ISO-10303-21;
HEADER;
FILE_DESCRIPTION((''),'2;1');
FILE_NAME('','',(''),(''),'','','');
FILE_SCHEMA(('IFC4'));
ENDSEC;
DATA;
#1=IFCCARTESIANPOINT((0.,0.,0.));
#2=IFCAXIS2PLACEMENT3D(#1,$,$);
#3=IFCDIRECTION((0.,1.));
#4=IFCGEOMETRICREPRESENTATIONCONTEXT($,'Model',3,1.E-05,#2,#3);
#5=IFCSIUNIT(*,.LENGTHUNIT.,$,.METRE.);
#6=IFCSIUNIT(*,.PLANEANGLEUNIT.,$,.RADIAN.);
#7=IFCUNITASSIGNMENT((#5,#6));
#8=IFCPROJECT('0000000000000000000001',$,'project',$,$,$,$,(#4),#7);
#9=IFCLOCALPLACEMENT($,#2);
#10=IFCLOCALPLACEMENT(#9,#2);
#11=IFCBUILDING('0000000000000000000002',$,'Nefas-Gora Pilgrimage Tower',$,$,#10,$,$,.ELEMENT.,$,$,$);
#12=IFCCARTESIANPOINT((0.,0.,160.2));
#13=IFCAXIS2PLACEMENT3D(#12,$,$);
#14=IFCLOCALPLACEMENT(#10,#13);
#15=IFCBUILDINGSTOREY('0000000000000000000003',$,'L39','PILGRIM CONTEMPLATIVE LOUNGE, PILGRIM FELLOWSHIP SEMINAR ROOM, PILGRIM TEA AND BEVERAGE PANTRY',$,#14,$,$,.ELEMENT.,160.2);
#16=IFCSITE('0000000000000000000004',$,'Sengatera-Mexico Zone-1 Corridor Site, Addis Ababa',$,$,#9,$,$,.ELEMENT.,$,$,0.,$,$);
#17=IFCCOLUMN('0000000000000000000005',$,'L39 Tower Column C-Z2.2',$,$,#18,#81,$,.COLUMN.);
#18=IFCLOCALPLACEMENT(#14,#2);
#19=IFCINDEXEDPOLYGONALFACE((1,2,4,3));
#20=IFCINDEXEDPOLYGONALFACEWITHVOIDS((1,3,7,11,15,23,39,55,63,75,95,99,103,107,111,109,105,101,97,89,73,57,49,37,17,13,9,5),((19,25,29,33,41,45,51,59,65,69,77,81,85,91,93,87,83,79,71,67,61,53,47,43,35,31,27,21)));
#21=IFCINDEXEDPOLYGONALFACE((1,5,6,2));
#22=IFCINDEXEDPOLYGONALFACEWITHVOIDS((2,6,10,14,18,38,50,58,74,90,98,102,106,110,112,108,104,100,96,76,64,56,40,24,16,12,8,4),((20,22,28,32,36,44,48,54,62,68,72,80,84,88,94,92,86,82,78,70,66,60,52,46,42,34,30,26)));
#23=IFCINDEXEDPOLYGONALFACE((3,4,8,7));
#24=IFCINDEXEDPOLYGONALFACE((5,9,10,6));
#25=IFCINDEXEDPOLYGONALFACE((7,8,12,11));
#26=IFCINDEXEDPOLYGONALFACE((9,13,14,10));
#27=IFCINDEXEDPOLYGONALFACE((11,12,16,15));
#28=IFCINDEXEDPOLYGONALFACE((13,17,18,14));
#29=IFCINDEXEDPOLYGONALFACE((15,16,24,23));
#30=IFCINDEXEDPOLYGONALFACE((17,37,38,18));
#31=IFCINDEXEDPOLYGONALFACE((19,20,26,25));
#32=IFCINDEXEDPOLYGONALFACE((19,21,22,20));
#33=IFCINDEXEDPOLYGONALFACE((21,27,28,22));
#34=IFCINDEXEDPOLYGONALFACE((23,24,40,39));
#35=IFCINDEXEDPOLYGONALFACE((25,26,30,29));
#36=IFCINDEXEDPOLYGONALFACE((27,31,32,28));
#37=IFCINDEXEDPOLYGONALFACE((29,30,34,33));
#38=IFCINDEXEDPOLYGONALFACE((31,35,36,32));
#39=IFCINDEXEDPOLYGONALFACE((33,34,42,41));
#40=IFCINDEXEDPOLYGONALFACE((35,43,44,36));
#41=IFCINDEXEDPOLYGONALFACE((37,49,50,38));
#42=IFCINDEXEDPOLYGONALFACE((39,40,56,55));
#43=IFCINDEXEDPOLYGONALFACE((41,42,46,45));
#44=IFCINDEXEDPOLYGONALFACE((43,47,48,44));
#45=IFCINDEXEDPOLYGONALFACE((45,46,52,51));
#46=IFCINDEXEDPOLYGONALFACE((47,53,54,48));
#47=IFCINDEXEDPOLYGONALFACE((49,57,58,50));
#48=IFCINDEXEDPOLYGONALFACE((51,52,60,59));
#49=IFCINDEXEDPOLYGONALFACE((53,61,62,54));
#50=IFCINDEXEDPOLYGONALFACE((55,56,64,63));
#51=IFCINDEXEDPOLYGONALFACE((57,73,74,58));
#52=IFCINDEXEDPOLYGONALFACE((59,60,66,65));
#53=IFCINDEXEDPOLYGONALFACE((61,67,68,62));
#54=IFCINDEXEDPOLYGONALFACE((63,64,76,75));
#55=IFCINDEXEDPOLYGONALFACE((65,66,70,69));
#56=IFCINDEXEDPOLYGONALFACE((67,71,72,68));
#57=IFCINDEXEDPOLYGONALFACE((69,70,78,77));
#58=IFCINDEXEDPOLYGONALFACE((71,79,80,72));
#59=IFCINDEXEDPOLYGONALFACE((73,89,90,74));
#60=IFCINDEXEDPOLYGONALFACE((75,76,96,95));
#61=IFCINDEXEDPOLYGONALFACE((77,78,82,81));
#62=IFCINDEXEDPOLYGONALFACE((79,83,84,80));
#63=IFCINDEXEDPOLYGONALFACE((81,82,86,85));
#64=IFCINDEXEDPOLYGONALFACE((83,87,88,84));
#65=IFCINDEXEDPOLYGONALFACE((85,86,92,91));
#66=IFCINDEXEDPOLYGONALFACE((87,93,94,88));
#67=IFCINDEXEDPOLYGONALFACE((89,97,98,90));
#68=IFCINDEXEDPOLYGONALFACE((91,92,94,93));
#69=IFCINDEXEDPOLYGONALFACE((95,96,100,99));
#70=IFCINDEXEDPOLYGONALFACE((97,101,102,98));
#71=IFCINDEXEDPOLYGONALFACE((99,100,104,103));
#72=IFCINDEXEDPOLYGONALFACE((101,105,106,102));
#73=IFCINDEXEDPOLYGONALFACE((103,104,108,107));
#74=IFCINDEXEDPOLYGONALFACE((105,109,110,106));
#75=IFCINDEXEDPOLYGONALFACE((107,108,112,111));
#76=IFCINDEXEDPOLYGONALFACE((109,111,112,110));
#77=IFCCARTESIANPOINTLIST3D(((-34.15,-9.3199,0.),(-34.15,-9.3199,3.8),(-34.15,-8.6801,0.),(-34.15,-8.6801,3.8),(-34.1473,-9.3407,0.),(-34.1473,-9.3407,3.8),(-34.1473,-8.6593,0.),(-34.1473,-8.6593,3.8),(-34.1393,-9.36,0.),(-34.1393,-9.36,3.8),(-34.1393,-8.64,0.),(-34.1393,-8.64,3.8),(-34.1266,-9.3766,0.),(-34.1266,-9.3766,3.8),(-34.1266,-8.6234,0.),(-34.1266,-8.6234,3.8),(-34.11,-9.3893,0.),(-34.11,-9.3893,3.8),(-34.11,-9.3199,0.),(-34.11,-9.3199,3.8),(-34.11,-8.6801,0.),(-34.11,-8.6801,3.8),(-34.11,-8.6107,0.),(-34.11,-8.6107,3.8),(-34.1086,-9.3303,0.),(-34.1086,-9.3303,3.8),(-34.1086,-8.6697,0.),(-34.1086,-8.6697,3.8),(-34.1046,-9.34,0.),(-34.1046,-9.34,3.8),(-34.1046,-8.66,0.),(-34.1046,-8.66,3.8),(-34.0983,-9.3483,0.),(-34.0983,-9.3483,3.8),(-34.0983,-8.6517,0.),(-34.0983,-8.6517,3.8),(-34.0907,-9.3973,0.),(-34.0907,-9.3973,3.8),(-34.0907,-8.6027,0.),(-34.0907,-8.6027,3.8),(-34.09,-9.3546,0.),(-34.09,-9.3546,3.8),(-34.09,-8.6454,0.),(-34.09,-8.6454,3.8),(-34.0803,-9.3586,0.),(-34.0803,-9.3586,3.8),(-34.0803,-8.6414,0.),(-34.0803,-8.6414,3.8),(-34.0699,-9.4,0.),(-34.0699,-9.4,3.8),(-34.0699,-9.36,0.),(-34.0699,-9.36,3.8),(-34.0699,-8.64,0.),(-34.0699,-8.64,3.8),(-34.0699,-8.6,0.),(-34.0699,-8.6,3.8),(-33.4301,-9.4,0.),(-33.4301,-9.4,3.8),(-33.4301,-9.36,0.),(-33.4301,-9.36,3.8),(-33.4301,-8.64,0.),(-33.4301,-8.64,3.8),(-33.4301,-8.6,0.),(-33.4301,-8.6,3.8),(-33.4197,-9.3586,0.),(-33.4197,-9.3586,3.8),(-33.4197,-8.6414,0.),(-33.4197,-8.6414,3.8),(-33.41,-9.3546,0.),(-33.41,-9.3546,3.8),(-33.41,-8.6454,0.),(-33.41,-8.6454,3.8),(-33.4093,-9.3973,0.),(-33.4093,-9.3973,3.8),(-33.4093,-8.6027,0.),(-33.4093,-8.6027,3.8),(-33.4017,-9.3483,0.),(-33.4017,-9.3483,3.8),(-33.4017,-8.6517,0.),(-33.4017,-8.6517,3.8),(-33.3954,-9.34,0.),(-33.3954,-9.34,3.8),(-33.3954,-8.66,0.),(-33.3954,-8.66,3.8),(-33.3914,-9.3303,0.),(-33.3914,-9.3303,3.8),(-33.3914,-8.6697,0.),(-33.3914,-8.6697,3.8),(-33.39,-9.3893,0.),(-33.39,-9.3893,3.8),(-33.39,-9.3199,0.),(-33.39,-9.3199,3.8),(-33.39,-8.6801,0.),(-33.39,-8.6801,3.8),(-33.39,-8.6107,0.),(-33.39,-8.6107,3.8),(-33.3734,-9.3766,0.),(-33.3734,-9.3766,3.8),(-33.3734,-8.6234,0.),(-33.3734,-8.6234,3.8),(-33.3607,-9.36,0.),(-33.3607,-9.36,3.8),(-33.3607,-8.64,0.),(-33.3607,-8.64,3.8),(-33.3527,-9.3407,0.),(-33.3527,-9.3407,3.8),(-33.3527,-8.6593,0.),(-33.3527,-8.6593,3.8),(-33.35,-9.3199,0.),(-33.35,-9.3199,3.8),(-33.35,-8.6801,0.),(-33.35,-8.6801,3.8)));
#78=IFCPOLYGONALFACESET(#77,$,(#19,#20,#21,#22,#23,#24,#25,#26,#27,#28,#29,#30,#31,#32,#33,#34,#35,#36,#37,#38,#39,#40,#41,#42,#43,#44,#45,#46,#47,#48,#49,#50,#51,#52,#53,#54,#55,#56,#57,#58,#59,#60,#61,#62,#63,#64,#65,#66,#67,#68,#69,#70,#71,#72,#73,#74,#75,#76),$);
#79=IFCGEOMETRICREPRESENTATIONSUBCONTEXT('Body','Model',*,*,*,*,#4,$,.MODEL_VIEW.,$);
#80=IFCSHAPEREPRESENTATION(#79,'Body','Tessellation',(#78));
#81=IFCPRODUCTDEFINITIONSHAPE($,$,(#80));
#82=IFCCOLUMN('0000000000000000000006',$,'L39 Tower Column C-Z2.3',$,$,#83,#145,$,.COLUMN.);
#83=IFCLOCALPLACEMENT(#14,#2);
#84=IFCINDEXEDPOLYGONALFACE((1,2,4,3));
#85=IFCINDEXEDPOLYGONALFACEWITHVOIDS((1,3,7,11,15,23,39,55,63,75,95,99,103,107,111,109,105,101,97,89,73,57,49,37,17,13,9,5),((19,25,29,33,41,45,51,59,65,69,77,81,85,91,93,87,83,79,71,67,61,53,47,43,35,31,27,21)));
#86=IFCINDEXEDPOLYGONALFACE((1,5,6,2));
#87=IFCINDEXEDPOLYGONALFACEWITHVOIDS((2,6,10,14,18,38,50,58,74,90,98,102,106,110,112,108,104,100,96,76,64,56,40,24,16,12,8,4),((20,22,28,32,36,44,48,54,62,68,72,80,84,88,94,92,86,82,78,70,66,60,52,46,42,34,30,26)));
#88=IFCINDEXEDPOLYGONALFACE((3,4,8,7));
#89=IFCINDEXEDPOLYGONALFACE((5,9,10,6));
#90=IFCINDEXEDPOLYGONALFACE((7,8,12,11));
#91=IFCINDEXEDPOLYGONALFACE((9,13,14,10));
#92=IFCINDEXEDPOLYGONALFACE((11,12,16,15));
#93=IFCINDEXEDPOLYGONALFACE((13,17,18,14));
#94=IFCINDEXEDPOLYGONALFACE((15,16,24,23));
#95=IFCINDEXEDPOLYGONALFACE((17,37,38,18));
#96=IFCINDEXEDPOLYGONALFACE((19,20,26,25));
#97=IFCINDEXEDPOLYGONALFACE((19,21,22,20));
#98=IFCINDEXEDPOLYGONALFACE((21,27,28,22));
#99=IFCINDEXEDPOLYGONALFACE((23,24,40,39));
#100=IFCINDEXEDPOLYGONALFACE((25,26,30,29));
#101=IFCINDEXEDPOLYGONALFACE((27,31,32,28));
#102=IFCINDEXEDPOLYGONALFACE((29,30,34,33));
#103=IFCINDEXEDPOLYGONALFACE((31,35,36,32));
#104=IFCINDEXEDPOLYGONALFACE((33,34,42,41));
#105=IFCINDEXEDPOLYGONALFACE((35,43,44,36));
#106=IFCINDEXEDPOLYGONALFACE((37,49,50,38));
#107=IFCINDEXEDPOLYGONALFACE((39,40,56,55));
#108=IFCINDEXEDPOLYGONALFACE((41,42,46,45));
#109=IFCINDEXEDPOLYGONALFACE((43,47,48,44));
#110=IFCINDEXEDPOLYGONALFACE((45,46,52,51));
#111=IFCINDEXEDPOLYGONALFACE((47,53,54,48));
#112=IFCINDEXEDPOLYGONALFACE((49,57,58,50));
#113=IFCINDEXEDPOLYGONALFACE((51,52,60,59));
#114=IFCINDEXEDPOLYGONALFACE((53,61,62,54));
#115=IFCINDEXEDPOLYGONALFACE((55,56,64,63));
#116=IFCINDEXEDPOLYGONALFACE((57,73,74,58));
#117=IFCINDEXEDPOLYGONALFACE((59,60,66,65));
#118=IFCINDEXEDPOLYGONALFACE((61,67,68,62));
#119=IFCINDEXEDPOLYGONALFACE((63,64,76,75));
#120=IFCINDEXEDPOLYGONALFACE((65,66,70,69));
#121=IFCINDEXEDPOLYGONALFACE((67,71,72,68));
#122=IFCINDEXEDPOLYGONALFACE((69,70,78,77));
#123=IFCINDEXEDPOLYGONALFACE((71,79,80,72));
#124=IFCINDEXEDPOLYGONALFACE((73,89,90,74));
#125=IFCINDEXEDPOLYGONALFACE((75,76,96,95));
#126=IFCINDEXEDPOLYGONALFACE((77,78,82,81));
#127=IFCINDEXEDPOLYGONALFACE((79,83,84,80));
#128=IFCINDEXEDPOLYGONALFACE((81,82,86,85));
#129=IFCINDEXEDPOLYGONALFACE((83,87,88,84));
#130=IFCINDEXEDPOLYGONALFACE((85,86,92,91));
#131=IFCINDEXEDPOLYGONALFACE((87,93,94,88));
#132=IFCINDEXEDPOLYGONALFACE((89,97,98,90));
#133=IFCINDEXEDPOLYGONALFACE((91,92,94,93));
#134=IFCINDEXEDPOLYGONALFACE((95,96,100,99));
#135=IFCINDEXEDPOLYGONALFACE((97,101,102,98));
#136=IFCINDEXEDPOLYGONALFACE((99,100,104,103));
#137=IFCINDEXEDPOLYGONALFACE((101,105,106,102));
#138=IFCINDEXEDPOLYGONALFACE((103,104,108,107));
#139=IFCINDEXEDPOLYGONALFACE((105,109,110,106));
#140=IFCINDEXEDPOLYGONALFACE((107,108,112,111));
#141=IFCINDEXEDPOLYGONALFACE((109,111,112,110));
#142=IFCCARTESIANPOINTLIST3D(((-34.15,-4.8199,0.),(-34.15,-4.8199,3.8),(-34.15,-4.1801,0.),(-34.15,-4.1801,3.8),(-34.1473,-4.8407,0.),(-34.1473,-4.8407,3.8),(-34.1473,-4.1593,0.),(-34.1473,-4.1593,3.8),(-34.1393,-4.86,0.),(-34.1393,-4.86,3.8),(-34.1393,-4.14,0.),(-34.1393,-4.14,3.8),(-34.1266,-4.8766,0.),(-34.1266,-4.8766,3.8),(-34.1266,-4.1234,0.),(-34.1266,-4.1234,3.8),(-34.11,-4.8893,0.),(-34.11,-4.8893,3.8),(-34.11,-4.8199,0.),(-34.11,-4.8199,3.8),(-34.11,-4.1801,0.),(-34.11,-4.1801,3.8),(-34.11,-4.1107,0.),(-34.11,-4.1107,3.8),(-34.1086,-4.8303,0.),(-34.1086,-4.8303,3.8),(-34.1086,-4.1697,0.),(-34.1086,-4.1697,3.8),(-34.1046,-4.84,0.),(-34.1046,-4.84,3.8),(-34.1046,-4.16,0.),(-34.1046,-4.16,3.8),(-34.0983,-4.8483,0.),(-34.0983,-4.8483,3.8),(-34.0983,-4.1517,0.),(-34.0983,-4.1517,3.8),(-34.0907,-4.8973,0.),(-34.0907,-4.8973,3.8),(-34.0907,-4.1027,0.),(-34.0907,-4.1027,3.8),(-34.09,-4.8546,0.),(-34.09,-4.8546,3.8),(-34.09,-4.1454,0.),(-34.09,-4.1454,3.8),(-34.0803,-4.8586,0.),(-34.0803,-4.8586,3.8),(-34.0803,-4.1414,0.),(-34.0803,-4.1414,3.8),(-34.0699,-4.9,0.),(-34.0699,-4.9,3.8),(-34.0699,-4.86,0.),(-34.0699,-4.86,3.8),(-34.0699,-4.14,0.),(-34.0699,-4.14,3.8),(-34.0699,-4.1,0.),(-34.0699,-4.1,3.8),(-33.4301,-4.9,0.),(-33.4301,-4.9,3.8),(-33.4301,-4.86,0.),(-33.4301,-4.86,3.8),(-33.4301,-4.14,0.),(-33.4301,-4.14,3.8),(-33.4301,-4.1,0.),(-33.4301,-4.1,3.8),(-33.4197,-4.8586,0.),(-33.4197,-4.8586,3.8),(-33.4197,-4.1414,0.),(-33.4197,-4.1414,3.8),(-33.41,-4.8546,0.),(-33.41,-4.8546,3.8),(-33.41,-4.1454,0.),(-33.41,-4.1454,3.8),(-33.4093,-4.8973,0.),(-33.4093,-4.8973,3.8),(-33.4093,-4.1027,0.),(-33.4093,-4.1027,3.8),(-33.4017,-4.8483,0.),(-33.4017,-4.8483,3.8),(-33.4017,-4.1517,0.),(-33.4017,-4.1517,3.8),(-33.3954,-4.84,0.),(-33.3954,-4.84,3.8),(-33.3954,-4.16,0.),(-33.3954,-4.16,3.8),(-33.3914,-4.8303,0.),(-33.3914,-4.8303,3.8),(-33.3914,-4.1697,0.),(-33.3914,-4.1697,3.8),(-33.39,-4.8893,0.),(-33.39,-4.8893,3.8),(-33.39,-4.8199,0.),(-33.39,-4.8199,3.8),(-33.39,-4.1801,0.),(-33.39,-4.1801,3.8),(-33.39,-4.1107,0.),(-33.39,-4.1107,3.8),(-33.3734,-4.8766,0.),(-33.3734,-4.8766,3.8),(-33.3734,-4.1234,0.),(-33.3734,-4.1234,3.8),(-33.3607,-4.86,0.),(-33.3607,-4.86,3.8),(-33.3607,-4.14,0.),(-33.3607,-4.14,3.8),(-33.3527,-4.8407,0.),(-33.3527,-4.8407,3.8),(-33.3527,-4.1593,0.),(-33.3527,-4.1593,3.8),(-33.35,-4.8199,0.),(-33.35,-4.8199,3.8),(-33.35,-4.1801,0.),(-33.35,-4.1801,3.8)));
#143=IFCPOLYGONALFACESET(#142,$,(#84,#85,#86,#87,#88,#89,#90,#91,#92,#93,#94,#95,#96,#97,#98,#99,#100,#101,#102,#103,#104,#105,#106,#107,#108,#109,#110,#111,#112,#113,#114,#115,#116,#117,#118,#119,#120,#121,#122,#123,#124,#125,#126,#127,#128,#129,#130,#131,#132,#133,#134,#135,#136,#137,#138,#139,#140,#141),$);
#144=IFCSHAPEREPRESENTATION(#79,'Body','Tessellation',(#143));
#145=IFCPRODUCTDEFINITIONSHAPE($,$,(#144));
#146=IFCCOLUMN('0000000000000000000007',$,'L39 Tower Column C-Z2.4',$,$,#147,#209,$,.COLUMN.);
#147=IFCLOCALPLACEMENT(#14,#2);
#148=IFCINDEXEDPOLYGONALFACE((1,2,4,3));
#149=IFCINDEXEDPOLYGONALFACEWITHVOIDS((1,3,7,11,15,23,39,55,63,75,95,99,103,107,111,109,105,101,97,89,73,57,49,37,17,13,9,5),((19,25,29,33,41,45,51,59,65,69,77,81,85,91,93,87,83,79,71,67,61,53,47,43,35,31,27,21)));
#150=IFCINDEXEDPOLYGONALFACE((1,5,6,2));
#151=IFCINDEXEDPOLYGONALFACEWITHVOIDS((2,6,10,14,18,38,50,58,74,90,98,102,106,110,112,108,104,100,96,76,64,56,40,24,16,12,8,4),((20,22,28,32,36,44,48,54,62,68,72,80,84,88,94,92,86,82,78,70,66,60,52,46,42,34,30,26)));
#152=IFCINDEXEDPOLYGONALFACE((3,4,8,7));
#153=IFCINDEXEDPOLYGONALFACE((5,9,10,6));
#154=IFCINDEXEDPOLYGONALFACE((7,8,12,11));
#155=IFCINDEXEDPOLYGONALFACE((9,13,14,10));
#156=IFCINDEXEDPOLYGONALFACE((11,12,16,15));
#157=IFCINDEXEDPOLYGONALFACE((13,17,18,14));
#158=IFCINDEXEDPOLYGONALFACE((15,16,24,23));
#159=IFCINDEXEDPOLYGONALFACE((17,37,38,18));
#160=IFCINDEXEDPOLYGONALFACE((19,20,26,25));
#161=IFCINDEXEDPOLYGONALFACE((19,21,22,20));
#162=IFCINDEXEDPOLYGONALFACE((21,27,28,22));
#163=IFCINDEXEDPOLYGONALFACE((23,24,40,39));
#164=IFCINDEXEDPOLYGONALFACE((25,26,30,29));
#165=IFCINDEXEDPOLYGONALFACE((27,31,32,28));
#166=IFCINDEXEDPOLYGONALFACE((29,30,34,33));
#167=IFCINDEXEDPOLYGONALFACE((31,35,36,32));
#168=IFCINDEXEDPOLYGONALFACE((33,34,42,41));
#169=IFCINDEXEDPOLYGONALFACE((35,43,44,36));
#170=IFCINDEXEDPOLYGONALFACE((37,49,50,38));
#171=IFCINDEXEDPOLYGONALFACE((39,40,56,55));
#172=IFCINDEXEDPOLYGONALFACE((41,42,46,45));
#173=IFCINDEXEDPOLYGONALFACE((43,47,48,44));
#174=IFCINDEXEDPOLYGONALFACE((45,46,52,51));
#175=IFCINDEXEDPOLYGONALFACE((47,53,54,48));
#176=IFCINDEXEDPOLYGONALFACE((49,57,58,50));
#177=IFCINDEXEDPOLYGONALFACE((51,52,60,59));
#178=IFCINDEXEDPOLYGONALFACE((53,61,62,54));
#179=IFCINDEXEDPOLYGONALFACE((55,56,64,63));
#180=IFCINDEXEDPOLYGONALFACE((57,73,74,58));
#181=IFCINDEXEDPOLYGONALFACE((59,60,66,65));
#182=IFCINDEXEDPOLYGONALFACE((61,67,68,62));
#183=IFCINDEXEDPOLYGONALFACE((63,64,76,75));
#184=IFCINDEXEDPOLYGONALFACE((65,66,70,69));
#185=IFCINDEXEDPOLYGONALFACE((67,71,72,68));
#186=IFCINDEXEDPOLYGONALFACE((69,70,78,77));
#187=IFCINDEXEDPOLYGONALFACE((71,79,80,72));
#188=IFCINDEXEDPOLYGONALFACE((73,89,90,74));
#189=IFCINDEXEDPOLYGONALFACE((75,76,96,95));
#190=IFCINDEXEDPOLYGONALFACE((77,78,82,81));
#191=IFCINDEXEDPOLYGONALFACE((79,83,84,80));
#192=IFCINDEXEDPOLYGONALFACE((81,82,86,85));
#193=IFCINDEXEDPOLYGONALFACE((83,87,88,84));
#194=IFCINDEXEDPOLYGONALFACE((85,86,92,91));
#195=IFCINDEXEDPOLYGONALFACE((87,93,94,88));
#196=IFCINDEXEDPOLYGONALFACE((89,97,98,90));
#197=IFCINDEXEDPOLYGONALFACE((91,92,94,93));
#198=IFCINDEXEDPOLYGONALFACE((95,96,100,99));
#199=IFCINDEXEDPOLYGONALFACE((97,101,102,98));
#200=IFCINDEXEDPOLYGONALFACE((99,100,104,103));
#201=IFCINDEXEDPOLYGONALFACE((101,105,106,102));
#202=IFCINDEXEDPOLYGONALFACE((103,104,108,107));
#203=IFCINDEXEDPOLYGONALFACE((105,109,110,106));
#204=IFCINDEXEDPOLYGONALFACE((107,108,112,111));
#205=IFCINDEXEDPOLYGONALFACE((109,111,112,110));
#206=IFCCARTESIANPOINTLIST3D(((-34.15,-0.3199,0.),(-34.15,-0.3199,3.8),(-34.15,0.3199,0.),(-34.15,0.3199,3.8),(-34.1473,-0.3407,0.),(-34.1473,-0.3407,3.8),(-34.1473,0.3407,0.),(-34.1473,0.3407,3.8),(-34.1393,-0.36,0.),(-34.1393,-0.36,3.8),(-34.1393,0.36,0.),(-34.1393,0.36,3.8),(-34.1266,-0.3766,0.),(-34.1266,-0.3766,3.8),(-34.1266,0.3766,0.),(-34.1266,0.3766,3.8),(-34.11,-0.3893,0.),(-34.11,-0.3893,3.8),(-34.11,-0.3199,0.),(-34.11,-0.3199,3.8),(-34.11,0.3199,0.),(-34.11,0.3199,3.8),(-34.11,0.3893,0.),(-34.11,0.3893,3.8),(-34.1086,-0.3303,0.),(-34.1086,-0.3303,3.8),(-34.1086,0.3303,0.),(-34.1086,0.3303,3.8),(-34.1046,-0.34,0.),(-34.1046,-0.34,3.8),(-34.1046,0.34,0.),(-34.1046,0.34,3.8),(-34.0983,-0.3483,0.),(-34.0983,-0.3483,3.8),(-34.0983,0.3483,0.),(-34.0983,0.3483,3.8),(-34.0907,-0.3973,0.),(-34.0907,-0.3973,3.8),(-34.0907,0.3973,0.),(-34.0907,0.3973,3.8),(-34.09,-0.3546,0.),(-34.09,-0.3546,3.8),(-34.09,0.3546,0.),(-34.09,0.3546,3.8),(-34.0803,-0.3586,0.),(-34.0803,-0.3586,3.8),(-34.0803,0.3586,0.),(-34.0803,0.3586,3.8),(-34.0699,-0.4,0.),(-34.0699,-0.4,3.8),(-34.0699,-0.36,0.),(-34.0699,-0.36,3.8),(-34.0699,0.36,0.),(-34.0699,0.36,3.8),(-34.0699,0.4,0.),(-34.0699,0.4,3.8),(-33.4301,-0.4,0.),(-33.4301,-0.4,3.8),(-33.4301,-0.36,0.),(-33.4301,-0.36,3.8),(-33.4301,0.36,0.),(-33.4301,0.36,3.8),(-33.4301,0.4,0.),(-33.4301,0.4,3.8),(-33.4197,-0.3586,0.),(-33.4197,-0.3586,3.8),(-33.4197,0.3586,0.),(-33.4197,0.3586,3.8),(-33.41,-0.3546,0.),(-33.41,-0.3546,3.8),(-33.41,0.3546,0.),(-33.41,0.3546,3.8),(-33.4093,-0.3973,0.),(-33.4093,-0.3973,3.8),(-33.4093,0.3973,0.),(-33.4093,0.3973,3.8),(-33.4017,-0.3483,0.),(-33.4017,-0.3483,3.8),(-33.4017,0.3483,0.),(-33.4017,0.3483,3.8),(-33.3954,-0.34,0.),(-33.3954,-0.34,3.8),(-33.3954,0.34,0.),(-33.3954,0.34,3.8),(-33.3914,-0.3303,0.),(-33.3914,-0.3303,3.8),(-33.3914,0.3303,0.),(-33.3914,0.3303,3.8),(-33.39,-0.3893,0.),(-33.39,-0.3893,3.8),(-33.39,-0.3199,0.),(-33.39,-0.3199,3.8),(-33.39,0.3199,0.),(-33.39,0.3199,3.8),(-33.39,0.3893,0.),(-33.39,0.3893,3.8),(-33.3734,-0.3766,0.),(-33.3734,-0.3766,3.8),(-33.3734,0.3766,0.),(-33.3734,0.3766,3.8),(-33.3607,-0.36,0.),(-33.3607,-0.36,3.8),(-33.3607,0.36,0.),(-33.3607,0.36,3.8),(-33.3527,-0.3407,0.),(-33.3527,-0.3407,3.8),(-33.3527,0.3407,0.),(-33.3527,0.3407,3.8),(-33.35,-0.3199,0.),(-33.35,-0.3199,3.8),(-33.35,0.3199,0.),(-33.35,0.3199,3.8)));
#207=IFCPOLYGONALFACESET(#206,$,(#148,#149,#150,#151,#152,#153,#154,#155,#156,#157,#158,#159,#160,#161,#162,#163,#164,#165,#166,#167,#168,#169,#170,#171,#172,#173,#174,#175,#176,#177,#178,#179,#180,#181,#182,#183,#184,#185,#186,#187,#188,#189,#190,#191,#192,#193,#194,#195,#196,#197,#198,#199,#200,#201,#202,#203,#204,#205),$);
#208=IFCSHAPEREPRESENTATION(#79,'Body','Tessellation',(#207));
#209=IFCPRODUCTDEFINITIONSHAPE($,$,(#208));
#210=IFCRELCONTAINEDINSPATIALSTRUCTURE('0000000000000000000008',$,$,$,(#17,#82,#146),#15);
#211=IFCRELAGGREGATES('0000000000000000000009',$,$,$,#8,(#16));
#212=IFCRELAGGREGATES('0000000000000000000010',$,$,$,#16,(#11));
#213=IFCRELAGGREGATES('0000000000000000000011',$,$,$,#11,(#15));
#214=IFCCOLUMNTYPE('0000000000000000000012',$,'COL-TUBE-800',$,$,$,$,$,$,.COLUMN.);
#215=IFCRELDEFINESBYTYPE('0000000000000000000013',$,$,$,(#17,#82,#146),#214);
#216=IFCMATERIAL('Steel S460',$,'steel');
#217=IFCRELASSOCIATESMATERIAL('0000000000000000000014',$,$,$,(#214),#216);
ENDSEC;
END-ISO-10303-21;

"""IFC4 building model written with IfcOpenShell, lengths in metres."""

from ifc_helpers import new_model, si_unit, direction, frame, origin, origin_2d, place, context, subcontext, project, spatial, hollow_rectangle, extrude, source, transform, mapped, material, material_profile, profile_set, type_object, element, save


model = new_model("IFC4")

# Units and contexts
model_context = context("Model", 3, precision=1e-05, world=origin(), true_north=direction((0.0, 1.0)))
body_context = subcontext(model_context, "Body", "Model", "MODEL_VIEW")
ifc_project = project(units=[si_unit("LENGTHUNIT", "METRE"), si_unit("PLANEANGLEUNIT", "RADIAN")], contexts=[model_context])

# Site, building, storey
site_placement = place(None, origin())
site = spatial("IfcSite", under=ifc_project, at=site_placement, Name="Sengatera-Mexico Zone-1 Corridor Site, Addis Ababa", CompositionType="ELEMENT", RefElevation=0.0)
building_placement = place(site_placement, origin())
building = spatial("IfcBuilding", under=site, at=building_placement, Name="Nefas-Gora Pilgrimage Tower", CompositionType="ELEMENT")
storey_placement = place(building_placement, frame((0.0, 0.0, 160.2)))
storey = spatial("IfcBuildingStorey", under=building, at=storey_placement, Name="L39", Description="PILGRIM CONTEMPLATIVE LOUNGE, PILGRIM FELLOWSHIP SEMINAR ROOM, PILGRIM TEA AND BEVERAGE PANTRY", CompositionType="ELEMENT", Elevation=160.2)

# Columns
ifc_material_1 = material(Name="Steel S460", Category="steel")
ifc_material_profile_1 = material_profile(ifc_material_1, hollow_rectangle(XDim=0.8, YDim=0.8, WallThickness=0.04, InnerFilletRadius=0.04, OuterFilletRadius=0.0801, at=origin_2d()), Name="BOX 800x800x40")
ifc_profile_set_1 = profile_set([ifc_material_profile_1], Name="Steel S460")
column_type_1 = type_object("IfcColumnType", Name="COL-TUBE-800", PredefinedType="COLUMN", material=ifc_profile_set_1)
shared_shape_1 = source(origin(), body_context, "Body", "SweptSolid", [
    extrude(hollow_rectangle(XDim=0.8, YDim=0.8, WallThickness=0.04, InnerFilletRadius=0.04, OuterFilletRadius=0.0801, at=origin_2d()), origin(), (0.0, 0.0, 1.0), 3.8),
])
for number, where, z_axis, x_axis, name in (
    (1, (-33.75, -9.0, 0.0), (0.0, 0.0, 1.0), (1.0, 0.0, 0.0), "L39 Tower Column C-Z2.2"),
    (2, (-33.75, -4.5, 0.0), (0.0, 0.0, 1.0), (1.0, 0.0, 0.0), "L39 Tower Column C-Z2.3"),
    (3, (-33.75, 0.0, 0.0), (0.0, 0.0, 1.0), (1.0, 0.0, 0.0), "L39 Tower Column C-Z2.4"),
):
    element("IfcColumn", number, at=place(storey_placement, frame(where, z_axis=z_axis, x_axis=x_axis)), inside=storey, type_object=column_type_1, Name=name, PredefinedType="COLUMN", context=body_context, shape_type="MappedRepresentation", body=[
        mapped(shared_shape_1, transform((0.0, 0.0, 0.0), x_axis=(1.0, 0.0, 0.0), y_axis=(0.0, 1.0, 0.0), z_axis=(0.0, 0.0, 1.0), scale=1.0)),
    ])

save(model, "model.ifc")
